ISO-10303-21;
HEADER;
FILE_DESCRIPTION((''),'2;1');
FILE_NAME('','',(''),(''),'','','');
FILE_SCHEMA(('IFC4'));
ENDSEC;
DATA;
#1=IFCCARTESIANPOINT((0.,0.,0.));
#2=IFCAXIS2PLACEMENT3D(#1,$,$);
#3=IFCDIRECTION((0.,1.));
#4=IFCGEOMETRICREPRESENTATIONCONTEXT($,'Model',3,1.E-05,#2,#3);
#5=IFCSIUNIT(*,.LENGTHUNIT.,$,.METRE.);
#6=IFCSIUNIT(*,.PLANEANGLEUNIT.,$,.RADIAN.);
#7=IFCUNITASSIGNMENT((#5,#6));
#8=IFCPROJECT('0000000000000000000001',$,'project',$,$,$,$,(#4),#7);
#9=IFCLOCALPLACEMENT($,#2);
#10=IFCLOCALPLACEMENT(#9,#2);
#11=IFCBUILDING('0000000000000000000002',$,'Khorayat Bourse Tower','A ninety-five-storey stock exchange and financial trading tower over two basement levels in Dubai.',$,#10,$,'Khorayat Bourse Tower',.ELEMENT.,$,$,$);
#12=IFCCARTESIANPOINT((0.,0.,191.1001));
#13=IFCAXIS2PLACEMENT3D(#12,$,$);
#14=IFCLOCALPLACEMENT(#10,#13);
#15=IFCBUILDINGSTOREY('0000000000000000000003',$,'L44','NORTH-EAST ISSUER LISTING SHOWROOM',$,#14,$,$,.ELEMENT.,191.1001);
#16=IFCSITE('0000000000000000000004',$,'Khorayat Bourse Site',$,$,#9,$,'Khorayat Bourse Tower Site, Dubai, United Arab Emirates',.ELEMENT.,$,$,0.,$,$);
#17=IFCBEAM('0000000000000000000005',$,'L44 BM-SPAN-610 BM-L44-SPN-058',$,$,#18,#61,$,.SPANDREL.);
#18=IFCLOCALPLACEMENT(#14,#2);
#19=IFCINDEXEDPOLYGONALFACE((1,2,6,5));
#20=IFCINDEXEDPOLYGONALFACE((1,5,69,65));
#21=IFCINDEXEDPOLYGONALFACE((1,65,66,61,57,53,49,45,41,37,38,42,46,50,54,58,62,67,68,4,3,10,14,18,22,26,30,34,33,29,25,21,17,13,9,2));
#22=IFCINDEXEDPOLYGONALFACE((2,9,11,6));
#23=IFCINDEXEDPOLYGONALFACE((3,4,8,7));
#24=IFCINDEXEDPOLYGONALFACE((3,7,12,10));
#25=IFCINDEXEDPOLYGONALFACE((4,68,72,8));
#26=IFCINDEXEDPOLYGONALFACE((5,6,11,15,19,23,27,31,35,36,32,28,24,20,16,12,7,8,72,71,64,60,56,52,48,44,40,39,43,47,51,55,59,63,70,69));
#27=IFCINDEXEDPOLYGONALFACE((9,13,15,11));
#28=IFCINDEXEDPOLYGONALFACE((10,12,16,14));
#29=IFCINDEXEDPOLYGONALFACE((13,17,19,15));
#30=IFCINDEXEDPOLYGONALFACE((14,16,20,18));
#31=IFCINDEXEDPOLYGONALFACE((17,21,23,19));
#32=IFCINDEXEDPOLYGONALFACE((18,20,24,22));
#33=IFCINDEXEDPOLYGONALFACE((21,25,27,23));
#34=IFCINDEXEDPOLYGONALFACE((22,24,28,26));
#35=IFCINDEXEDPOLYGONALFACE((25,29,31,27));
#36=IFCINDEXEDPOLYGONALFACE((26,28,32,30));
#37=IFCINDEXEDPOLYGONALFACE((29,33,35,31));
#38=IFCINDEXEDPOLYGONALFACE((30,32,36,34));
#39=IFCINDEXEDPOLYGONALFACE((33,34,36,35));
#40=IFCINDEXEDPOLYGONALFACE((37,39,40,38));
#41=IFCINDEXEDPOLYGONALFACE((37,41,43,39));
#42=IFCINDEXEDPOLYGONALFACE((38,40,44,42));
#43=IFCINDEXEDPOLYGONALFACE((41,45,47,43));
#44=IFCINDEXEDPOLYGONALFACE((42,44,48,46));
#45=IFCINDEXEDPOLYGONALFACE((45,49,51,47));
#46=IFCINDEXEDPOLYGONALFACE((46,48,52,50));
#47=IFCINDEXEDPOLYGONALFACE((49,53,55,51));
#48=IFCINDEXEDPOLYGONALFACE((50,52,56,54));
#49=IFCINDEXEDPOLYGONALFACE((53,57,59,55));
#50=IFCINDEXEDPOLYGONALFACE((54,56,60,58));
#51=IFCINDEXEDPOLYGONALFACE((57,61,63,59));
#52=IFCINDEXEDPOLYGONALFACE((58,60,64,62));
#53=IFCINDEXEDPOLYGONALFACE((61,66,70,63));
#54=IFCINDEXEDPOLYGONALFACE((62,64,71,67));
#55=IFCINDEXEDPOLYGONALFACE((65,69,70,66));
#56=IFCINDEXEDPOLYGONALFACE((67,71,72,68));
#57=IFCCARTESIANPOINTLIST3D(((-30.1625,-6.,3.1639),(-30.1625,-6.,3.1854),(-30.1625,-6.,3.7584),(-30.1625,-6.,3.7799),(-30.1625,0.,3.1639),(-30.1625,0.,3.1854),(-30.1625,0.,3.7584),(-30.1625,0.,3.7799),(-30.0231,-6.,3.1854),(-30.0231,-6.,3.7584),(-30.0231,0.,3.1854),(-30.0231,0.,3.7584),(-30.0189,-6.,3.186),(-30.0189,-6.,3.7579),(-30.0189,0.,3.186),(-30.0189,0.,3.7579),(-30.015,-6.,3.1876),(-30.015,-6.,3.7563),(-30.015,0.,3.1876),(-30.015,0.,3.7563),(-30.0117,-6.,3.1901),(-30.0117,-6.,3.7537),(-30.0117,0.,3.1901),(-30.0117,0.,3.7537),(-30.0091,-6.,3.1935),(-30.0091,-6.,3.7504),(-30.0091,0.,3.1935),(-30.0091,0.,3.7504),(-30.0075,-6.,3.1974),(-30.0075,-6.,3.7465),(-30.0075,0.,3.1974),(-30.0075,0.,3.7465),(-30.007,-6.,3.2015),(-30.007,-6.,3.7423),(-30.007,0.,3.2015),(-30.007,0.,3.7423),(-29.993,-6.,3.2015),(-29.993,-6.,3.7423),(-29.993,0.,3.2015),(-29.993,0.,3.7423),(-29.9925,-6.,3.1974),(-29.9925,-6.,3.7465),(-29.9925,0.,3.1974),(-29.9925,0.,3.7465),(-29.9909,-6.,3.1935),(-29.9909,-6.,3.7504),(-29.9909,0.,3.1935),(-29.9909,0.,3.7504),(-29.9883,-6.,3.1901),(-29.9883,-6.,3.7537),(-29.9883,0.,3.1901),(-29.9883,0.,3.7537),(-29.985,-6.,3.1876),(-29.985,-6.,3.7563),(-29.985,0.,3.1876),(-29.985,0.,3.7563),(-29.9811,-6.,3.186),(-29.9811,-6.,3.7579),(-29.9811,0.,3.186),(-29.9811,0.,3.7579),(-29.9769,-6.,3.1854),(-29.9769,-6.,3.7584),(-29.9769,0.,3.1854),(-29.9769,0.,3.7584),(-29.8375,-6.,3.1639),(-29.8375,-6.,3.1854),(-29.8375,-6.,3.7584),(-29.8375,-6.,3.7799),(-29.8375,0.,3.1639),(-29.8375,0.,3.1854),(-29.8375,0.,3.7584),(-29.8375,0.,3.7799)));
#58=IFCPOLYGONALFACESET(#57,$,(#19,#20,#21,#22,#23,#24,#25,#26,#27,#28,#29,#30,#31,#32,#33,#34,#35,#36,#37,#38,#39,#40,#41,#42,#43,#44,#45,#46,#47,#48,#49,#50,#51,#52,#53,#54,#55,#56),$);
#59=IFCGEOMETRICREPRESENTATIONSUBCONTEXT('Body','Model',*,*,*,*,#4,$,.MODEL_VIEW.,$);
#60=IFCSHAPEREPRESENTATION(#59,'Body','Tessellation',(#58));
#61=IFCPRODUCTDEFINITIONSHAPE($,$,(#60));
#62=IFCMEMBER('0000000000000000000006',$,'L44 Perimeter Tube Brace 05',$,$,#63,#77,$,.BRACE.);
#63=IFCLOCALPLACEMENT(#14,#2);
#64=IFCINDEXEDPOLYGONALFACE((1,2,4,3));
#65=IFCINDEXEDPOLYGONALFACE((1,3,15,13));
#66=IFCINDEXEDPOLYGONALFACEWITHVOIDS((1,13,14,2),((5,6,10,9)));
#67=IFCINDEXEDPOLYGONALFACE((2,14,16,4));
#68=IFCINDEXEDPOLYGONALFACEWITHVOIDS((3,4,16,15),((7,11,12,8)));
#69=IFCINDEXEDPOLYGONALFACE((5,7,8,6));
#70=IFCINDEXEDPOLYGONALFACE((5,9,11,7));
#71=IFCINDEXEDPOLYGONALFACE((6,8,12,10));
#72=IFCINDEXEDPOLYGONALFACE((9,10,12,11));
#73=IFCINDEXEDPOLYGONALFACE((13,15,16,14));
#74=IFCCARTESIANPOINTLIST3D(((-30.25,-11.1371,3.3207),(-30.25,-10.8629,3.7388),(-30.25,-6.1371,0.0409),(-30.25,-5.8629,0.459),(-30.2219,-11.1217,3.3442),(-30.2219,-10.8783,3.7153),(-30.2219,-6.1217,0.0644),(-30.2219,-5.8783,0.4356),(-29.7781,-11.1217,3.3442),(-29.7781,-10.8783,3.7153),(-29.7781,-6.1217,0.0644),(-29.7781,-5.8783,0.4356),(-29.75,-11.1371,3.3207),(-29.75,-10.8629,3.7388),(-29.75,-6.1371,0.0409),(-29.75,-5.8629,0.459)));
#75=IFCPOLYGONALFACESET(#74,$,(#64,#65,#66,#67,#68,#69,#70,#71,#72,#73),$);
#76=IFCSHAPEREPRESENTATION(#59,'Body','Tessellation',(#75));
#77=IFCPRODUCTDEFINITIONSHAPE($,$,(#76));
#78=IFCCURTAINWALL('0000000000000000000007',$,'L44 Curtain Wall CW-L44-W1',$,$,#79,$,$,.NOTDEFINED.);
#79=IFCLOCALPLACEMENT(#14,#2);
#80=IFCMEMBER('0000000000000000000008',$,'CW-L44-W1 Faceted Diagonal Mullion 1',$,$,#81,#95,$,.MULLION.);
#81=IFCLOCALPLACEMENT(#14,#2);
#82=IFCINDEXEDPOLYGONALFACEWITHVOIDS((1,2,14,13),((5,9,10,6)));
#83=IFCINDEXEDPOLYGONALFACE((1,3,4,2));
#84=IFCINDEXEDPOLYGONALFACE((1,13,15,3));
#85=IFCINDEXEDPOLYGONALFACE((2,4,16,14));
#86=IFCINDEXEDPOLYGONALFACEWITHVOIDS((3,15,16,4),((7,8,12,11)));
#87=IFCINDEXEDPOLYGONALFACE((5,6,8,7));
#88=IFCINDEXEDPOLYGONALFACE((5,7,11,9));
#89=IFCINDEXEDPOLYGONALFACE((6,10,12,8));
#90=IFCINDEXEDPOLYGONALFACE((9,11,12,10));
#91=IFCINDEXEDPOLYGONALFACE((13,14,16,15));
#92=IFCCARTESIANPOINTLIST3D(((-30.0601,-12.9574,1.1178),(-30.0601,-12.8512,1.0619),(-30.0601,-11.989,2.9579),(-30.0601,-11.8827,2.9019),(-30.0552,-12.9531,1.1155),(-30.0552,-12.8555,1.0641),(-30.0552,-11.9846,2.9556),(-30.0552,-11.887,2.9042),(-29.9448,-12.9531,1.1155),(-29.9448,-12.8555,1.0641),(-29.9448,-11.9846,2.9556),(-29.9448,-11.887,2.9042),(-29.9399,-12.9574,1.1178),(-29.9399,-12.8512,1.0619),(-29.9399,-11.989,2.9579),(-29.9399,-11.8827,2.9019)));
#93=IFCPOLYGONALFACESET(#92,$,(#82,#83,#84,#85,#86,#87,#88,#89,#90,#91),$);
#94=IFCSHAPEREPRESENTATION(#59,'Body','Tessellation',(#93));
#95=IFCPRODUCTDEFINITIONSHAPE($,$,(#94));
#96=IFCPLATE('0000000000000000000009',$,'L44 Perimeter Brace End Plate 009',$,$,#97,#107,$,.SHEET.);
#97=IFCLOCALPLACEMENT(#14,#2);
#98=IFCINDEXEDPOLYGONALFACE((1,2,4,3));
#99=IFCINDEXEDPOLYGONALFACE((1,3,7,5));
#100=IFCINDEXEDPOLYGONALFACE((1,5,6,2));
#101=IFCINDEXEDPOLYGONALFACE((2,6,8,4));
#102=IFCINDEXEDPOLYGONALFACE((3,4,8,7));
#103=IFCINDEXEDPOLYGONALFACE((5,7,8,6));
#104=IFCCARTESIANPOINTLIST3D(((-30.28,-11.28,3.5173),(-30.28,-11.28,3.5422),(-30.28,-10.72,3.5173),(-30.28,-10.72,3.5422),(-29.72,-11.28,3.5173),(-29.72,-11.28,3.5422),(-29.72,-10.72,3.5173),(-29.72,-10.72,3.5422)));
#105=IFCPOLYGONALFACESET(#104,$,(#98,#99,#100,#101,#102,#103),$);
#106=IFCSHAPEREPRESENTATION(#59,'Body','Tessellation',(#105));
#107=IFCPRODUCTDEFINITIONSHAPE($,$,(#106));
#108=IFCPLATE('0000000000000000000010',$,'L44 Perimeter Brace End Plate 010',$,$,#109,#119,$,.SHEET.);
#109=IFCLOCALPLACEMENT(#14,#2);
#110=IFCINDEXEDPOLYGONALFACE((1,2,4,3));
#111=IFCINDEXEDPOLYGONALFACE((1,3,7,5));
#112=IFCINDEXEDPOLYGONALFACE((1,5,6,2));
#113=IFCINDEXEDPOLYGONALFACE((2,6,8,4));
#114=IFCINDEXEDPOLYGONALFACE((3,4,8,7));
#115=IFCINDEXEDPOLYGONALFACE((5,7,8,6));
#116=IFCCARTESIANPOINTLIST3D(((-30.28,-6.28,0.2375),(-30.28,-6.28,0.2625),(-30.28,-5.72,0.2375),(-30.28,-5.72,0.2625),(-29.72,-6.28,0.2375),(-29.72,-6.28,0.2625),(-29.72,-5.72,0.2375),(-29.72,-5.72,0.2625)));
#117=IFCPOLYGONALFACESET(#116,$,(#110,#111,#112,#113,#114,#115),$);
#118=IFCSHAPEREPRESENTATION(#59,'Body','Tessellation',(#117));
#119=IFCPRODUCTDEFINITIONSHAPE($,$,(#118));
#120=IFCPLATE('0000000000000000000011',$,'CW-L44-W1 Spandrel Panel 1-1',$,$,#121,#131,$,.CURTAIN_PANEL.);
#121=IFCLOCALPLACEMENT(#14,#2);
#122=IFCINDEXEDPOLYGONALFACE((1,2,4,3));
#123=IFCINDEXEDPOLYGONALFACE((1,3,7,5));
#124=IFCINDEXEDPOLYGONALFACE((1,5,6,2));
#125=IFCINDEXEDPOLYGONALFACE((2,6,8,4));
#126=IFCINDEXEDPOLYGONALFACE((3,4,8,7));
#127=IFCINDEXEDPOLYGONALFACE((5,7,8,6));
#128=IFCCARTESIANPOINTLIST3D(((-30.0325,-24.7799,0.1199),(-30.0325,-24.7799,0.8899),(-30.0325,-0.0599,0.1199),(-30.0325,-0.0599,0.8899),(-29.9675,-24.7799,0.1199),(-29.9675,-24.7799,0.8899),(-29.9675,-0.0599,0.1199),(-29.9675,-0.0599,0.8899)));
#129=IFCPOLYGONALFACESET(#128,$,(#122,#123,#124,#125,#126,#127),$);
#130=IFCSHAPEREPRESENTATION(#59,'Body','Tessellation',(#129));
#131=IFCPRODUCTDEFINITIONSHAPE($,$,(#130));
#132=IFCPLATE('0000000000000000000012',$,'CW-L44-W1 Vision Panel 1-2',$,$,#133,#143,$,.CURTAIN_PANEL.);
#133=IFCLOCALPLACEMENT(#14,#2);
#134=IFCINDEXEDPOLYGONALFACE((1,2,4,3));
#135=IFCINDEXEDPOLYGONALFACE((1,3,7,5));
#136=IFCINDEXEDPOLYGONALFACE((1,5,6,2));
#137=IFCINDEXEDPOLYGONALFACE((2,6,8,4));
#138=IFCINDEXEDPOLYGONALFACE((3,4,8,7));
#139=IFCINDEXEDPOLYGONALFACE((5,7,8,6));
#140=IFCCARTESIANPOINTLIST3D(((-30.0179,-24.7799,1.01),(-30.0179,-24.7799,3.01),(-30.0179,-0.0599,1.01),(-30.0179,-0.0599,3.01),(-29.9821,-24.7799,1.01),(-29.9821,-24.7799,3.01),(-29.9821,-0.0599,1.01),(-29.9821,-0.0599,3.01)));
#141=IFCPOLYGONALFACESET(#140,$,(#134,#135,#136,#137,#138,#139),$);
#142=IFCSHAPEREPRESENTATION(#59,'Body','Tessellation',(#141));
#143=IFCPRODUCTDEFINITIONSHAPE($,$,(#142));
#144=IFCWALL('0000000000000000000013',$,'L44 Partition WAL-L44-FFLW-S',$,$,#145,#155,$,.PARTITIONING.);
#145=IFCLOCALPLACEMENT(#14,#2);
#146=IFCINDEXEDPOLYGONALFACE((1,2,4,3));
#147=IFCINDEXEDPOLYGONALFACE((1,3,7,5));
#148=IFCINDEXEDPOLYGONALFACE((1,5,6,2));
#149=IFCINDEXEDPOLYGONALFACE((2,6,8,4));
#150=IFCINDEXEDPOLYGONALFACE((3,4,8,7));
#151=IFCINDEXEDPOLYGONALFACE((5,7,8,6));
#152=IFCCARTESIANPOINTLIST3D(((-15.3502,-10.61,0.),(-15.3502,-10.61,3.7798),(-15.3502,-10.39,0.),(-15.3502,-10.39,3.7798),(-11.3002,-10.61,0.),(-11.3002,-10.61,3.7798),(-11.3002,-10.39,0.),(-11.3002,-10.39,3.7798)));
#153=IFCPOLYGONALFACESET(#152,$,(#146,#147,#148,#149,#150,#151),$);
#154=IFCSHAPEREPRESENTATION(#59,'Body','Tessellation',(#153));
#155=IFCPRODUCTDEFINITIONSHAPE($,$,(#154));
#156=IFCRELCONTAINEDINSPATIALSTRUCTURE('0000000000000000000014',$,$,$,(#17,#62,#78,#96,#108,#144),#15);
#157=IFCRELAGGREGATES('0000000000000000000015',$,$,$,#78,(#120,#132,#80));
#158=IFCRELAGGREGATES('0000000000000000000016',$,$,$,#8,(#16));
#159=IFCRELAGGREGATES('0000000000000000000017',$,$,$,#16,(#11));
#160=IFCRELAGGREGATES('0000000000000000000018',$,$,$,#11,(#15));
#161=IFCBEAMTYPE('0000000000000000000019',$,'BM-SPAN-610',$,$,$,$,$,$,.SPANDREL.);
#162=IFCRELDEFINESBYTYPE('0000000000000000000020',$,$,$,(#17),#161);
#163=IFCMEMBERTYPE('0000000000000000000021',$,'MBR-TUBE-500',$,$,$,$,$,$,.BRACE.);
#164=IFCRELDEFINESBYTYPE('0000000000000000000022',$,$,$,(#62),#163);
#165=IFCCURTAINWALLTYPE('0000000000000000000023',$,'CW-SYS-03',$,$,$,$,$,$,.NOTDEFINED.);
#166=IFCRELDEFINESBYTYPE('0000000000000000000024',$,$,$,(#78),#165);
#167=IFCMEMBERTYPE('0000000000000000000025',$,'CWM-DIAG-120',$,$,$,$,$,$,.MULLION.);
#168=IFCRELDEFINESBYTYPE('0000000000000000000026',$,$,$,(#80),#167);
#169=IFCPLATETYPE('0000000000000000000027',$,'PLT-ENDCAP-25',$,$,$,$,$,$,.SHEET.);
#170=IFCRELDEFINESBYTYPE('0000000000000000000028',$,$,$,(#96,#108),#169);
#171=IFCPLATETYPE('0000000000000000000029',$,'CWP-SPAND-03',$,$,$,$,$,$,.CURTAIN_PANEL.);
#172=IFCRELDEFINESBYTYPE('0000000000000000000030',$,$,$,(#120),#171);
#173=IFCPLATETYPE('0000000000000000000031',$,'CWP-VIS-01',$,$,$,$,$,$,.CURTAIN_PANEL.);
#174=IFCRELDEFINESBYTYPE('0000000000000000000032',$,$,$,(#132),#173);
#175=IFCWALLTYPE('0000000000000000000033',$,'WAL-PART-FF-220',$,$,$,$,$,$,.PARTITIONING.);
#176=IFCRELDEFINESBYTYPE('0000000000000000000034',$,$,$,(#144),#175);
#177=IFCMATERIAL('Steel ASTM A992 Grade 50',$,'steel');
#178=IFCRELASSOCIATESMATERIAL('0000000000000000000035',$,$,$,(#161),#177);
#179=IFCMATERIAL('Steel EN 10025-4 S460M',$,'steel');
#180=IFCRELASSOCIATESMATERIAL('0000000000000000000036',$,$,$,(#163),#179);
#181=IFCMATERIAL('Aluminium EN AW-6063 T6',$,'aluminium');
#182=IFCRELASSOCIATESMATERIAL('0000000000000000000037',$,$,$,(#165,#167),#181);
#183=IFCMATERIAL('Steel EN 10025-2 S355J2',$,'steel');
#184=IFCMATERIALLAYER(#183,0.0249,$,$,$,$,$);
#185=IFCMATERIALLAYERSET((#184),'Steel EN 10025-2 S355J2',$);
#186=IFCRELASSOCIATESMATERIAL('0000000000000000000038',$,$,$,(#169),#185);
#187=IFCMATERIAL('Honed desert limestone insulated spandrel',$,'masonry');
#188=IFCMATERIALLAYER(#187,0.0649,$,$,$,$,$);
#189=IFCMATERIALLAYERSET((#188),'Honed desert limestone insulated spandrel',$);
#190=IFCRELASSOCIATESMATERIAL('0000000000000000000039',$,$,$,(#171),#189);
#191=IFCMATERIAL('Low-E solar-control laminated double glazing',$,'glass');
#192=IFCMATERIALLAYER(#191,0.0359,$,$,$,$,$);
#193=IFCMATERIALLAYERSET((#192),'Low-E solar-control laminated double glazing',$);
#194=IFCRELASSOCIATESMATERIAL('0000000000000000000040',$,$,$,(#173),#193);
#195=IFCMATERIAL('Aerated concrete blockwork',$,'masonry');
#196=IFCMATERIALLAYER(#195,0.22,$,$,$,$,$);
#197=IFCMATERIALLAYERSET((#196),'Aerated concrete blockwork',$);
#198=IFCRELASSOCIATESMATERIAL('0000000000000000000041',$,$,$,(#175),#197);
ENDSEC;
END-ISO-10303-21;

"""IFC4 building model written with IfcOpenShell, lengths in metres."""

from ifc_helpers import new_model, si_unit, direction, frame, frame_2d, origin, origin_2d, place, context, subcontext, project, spatial, rectangle, hollow_rectangle, i_section, extrude, source, transform, mapped, material, layer, layer_set, material_profile, profile_set, type_object, element, aggregate, save


model = new_model("IFC4")

# Units and contexts
model_context = context("Model", 3, precision=1e-05, world=origin(), true_north=direction((0.0, 1.0)))
body_context = subcontext(model_context, "Body", "Model", "MODEL_VIEW")
ifc_project = project(units=[si_unit("LENGTHUNIT", "METRE"), si_unit("PLANEANGLEUNIT", "RADIAN")], contexts=[model_context])

# Site, building, storey
site_placement = place(None, origin())
site = spatial("IfcSite", under=ifc_project, at=site_placement, Name="Khorayat Bourse Site", LongName="Khorayat Bourse Tower Site, Dubai, United Arab Emirates", CompositionType="ELEMENT", RefElevation=0.0)
building_placement = place(site_placement, origin())
building = spatial("IfcBuilding", under=site, at=building_placement, Name="Khorayat Bourse Tower", Description="A ninety-five-storey stock exchange and financial trading tower over two basement levels in Dubai.", LongName="Khorayat Bourse Tower", CompositionType="ELEMENT")
storey_placement = place(building_placement, frame((0.0, 0.0, 191.1001)))
storey = spatial("IfcBuildingStorey", under=building, at=storey_placement, Name="L44", Description="NORTH-EAST ISSUER LISTING SHOWROOM", CompositionType="ELEMENT", Elevation=191.1001)

# Shared definitions
ifc_material_1 = material(Name="Steel EN 10025-4 S460M", Category="steel")

# Beam
ifc_material_2 = material(Name="Steel ASTM A992 Grade 50", Category="steel")
ifc_material_profile_1 = material_profile(ifc_material_2, i_section(OverallWidth=0.325, OverallDepth=0.616, WebThickness=0.0139, FlangeThickness=0.0215, FilletRadius=0.0161, at=origin_2d()), Name="W610X174")
ifc_profile_set_1 = profile_set([ifc_material_profile_1], Name="Steel ASTM A992 Grade 50")
beam_type_1 = type_object("IfcBeamType", Name="BM-SPAN-610", PredefinedType="SPANDREL", material=ifc_profile_set_1)
shared_shape_1 = source(origin(), body_context, "Body", "SweptSolid", [
    extrude(i_section(OverallWidth=0.325, OverallDepth=0.616, WebThickness=0.0139, FlangeThickness=0.0215, FilletRadius=0.0161, at=origin_2d()), origin(), (0.0, 0.0, 1.0), 6.0),
])
beam_1_placement = place(storey_placement, frame((-30.0, -6.0, 3.4719), z_axis=(0.0, 1.0, 0.0), x_axis=(-1.0, 0.0, 0.0)))
element("IfcBeam", 1, at=beam_1_placement, inside=storey, type_object=beam_type_1, Name="L44 BM-SPAN-610 BM-L44-SPN-058", PredefinedType="SPANDREL", context=body_context, shape_type="MappedRepresentation", body=[
    mapped(shared_shape_1, transform((0.0, 0.0, 0.0), scale=1.0)),
])

# Member
ifc_material_profile_2 = material_profile(ifc_material_1, hollow_rectangle(XDim=0.5, YDim=0.5, WallThickness=0.0281, at=origin_2d()), Name="HSS 500x500x28")
ifc_profile_set_2 = profile_set([ifc_material_profile_2], Name="Steel EN 10025-4 S460M")
member_type_1 = type_object("IfcMemberType", Name="MBR-TUBE-500", PredefinedType="BRACE", material=ifc_profile_set_2)
shared_shape_2 = source(origin(), body_context, "Body", "SweptSolid", [
    extrude(hollow_rectangle(XDim=0.5, YDim=0.5, WallThickness=0.0281, at=origin_2d()), origin(), (0.0, 0.0, 1.0), 5.9797),
])
member_1_placement = place(storey_placement, frame((-30.0, -11.0, 3.5298), z_axis=(0.0, 0.83616, -0.548485), x_axis=(-1.0, 0.0, 0.0)))
element("IfcMember", 2, at=member_1_placement, inside=storey, type_object=member_type_1, Name="L44 Perimeter Tube Brace 05", PredefinedType="BRACE", context=body_context, shape_type="MappedRepresentation", body=[
    mapped(shared_shape_2, transform((0.0, 0.0, 0.0), scale=1.0)),
])

# Curtain wall, member
ifc_material_3 = material(Name="Aluminium EN AW-6063 T6", Category="aluminium")
curtain_wall_type = type_object("IfcCurtainWallType", Name="CW-SYS-03", PredefinedType="NOTDEFINED", material=ifc_material_3)
curtain_wall_placement = place(storey_placement, origin())
curtain_wall = element("IfcCurtainWall", 3, at=curtain_wall_placement, inside=storey, type_object=curtain_wall_type, Name="L44 Curtain Wall CW-L44-W1", PredefinedType="NOTDEFINED")
ifc_material_profile_3 = material_profile(ifc_material_3, hollow_rectangle(XDim=0.1201, YDim=0.1201, WallThickness=0.0049, at=origin_2d()), Name="ALU 120x120x5")
ifc_profile_set_3 = profile_set([ifc_material_profile_3], Name="Aluminium EN AW-6063 T6")
member_type_2 = type_object("IfcMemberType", Name="CWM-DIAG-120", PredefinedType="MULLION", material=ifc_profile_set_3)
shared_shape_3 = source(origin(), body_context, "Body", "SweptSolid", [
    extrude(hollow_rectangle(XDim=0.1201, YDim=0.1201, WallThickness=0.0049, at=origin_2d()), origin(), (0.0, 0.0, 1.0), 2.0793),
])
member_2_placement = place(storey_placement, frame((-30.0, -12.9043, 1.0898), z_axis=(0.0, 0.465761, 0.884911), x_axis=(-1.0, 0.0, 0.0)))
member_2 = element("IfcMember", 4, at=member_2_placement, type_object=member_type_2, Name="CW-L44-W1 Faceted Diagonal Mullion 1", PredefinedType="MULLION", context=body_context, shape_type="MappedRepresentation", body=[
    mapped(shared_shape_3, transform((0.0, 0.0, 0.0), scale=1.0)),
])

# Plates
ifc_material_4 = material(Name="Steel EN 10025-2 S355J2", Category="steel")
ifc_layer_1 = layer(ifc_material_4, 0.0249)
ifc_layer_set_1 = layer_set([ifc_layer_1], Name="Steel EN 10025-2 S355J2")
plate_type_1 = type_object("IfcPlateType", Name="PLT-ENDCAP-25", PredefinedType="SHEET", material=ifc_layer_set_1)
shared_shape_4 = source(origin(), body_context, "Body", "SweptSolid", [
    extrude(rectangle(XDim=0.5601, YDim=0.5601, at=origin_2d()), origin(), (0.0, 0.0, 1.0), 0.0249),
])
for number, where, z_axis, x_axis, name in (
    (5, (-30.0, -11.0, 3.5173), (0.0, 0.0, 1.0), (1.0, 0.0, 0.0), "L44 Perimeter Brace End Plate 009"),
    (6, (-30.0, -6.0, 0.2375), (0.0, 0.0, 1.0), (1.0, 0.0, 0.0), "L44 Perimeter Brace End Plate 010"),
):
    element("IfcPlate", number, at=place(storey_placement, frame(where, z_axis=z_axis, x_axis=x_axis)), inside=storey, type_object=plate_type_1, Name=name, PredefinedType="SHEET", context=body_context, shape_type="MappedRepresentation", body=[
        mapped(shared_shape_4, transform((0.0, 0.0, 0.0), scale=1.0)),
    ])

# Plates
ifc_material_5 = material(Name="Honed desert limestone insulated spandrel", Category="masonry")
ifc_layer_2 = layer(ifc_material_5, 0.0649)
ifc_layer_set_2 = layer_set([ifc_layer_2], Name="Honed desert limestone insulated spandrel")
plate_type_2 = type_object("IfcPlateType", Name="CWP-SPAND-03", PredefinedType="CURTAIN_PANEL", material=ifc_layer_set_2)
shared_shape_5 = source(origin(), body_context, "Body", "SweptSolid", [
    extrude(rectangle(XDim=24.72, YDim=0.0649, at=origin_2d()), origin(), (0.0, 0.0, 1.0), 0.77),
])
plate_1_placement = place(storey_placement, frame((-30.0, -12.4199, 0.1199), z_axis=(0.0, 0.0, 1.0), x_axis=(0.0, 1.0, 0.0)))
plate_1 = element("IfcPlate", 7, at=plate_1_placement, type_object=plate_type_2, Name="CW-L44-W1 Spandrel Panel 1-1", PredefinedType="CURTAIN_PANEL", context=body_context, shape_type="MappedRepresentation", body=[
    mapped(shared_shape_5, transform((0.0, 0.0, 0.0), scale=1.0)),
])
ifc_material_6 = material(Name="Low-E solar-control laminated double glazing", Category="glass")
ifc_layer_3 = layer(ifc_material_6, 0.0359)
ifc_layer_set_3 = layer_set([ifc_layer_3], Name="Low-E solar-control laminated double glazing")
plate_type_3 = type_object("IfcPlateType", Name="CWP-VIS-01", PredefinedType="CURTAIN_PANEL", material=ifc_layer_set_3)
shared_shape_6 = source(origin(), body_context, "Body", "SweptSolid", [
    extrude(rectangle(XDim=24.72, YDim=0.0359, at=origin_2d()), origin(), (0.0, 0.0, 1.0), 2.0),
])
plate_2_placement = place(storey_placement, frame((-30.0, -12.4199, 1.01), z_axis=(0.0, 0.0, 1.0), x_axis=(0.0, 1.0, 0.0)))
plate_2 = element("IfcPlate", 8, at=plate_2_placement, type_object=plate_type_3, Name="CW-L44-W1 Vision Panel 1-2", PredefinedType="CURTAIN_PANEL", context=body_context, shape_type="MappedRepresentation", body=[
    mapped(shared_shape_6, transform((0.0, 0.0, 0.0), scale=1.0)),
])
aggregate(curtain_wall, [plate_1, plate_2, member_2])

# Wall
ifc_material_7 = material(Name="Aerated concrete blockwork", Category="masonry")
ifc_layer_4 = layer(ifc_material_7, 0.22)
ifc_layer_set_4 = layer_set([ifc_layer_4], Name="Aerated concrete blockwork")
wall_type_1 = type_object("IfcWallType", Name="WAL-PART-FF-220", PredefinedType="PARTITIONING", material=ifc_layer_set_4)
shared_shape_7 = source(origin(), body_context, "Body", "SweptSolid", [
    extrude(rectangle(XDim=4.05, YDim=0.22, at=frame_2d((2.0249, 0.0))), origin(), (0.0, 0.0, 1.0), 3.7798),
])
wall_1_placement = place(storey_placement, frame((-15.3501, -10.5, 0.0), z_axis=(0.0, 0.0, 1.0), x_axis=(1.0, 0.0, 0.0)))
element("IfcWall", 9, at=wall_1_placement, inside=storey, type_object=wall_type_1, Name="L44 Partition WAL-L44-FFLW-S", PredefinedType="PARTITIONING", context=body_context, shape_type="MappedRepresentation", body=[
    mapped(shared_shape_7, transform((0.0, 0.0, 0.0), scale=1.0)),
])

save(model, "model.ifc")
